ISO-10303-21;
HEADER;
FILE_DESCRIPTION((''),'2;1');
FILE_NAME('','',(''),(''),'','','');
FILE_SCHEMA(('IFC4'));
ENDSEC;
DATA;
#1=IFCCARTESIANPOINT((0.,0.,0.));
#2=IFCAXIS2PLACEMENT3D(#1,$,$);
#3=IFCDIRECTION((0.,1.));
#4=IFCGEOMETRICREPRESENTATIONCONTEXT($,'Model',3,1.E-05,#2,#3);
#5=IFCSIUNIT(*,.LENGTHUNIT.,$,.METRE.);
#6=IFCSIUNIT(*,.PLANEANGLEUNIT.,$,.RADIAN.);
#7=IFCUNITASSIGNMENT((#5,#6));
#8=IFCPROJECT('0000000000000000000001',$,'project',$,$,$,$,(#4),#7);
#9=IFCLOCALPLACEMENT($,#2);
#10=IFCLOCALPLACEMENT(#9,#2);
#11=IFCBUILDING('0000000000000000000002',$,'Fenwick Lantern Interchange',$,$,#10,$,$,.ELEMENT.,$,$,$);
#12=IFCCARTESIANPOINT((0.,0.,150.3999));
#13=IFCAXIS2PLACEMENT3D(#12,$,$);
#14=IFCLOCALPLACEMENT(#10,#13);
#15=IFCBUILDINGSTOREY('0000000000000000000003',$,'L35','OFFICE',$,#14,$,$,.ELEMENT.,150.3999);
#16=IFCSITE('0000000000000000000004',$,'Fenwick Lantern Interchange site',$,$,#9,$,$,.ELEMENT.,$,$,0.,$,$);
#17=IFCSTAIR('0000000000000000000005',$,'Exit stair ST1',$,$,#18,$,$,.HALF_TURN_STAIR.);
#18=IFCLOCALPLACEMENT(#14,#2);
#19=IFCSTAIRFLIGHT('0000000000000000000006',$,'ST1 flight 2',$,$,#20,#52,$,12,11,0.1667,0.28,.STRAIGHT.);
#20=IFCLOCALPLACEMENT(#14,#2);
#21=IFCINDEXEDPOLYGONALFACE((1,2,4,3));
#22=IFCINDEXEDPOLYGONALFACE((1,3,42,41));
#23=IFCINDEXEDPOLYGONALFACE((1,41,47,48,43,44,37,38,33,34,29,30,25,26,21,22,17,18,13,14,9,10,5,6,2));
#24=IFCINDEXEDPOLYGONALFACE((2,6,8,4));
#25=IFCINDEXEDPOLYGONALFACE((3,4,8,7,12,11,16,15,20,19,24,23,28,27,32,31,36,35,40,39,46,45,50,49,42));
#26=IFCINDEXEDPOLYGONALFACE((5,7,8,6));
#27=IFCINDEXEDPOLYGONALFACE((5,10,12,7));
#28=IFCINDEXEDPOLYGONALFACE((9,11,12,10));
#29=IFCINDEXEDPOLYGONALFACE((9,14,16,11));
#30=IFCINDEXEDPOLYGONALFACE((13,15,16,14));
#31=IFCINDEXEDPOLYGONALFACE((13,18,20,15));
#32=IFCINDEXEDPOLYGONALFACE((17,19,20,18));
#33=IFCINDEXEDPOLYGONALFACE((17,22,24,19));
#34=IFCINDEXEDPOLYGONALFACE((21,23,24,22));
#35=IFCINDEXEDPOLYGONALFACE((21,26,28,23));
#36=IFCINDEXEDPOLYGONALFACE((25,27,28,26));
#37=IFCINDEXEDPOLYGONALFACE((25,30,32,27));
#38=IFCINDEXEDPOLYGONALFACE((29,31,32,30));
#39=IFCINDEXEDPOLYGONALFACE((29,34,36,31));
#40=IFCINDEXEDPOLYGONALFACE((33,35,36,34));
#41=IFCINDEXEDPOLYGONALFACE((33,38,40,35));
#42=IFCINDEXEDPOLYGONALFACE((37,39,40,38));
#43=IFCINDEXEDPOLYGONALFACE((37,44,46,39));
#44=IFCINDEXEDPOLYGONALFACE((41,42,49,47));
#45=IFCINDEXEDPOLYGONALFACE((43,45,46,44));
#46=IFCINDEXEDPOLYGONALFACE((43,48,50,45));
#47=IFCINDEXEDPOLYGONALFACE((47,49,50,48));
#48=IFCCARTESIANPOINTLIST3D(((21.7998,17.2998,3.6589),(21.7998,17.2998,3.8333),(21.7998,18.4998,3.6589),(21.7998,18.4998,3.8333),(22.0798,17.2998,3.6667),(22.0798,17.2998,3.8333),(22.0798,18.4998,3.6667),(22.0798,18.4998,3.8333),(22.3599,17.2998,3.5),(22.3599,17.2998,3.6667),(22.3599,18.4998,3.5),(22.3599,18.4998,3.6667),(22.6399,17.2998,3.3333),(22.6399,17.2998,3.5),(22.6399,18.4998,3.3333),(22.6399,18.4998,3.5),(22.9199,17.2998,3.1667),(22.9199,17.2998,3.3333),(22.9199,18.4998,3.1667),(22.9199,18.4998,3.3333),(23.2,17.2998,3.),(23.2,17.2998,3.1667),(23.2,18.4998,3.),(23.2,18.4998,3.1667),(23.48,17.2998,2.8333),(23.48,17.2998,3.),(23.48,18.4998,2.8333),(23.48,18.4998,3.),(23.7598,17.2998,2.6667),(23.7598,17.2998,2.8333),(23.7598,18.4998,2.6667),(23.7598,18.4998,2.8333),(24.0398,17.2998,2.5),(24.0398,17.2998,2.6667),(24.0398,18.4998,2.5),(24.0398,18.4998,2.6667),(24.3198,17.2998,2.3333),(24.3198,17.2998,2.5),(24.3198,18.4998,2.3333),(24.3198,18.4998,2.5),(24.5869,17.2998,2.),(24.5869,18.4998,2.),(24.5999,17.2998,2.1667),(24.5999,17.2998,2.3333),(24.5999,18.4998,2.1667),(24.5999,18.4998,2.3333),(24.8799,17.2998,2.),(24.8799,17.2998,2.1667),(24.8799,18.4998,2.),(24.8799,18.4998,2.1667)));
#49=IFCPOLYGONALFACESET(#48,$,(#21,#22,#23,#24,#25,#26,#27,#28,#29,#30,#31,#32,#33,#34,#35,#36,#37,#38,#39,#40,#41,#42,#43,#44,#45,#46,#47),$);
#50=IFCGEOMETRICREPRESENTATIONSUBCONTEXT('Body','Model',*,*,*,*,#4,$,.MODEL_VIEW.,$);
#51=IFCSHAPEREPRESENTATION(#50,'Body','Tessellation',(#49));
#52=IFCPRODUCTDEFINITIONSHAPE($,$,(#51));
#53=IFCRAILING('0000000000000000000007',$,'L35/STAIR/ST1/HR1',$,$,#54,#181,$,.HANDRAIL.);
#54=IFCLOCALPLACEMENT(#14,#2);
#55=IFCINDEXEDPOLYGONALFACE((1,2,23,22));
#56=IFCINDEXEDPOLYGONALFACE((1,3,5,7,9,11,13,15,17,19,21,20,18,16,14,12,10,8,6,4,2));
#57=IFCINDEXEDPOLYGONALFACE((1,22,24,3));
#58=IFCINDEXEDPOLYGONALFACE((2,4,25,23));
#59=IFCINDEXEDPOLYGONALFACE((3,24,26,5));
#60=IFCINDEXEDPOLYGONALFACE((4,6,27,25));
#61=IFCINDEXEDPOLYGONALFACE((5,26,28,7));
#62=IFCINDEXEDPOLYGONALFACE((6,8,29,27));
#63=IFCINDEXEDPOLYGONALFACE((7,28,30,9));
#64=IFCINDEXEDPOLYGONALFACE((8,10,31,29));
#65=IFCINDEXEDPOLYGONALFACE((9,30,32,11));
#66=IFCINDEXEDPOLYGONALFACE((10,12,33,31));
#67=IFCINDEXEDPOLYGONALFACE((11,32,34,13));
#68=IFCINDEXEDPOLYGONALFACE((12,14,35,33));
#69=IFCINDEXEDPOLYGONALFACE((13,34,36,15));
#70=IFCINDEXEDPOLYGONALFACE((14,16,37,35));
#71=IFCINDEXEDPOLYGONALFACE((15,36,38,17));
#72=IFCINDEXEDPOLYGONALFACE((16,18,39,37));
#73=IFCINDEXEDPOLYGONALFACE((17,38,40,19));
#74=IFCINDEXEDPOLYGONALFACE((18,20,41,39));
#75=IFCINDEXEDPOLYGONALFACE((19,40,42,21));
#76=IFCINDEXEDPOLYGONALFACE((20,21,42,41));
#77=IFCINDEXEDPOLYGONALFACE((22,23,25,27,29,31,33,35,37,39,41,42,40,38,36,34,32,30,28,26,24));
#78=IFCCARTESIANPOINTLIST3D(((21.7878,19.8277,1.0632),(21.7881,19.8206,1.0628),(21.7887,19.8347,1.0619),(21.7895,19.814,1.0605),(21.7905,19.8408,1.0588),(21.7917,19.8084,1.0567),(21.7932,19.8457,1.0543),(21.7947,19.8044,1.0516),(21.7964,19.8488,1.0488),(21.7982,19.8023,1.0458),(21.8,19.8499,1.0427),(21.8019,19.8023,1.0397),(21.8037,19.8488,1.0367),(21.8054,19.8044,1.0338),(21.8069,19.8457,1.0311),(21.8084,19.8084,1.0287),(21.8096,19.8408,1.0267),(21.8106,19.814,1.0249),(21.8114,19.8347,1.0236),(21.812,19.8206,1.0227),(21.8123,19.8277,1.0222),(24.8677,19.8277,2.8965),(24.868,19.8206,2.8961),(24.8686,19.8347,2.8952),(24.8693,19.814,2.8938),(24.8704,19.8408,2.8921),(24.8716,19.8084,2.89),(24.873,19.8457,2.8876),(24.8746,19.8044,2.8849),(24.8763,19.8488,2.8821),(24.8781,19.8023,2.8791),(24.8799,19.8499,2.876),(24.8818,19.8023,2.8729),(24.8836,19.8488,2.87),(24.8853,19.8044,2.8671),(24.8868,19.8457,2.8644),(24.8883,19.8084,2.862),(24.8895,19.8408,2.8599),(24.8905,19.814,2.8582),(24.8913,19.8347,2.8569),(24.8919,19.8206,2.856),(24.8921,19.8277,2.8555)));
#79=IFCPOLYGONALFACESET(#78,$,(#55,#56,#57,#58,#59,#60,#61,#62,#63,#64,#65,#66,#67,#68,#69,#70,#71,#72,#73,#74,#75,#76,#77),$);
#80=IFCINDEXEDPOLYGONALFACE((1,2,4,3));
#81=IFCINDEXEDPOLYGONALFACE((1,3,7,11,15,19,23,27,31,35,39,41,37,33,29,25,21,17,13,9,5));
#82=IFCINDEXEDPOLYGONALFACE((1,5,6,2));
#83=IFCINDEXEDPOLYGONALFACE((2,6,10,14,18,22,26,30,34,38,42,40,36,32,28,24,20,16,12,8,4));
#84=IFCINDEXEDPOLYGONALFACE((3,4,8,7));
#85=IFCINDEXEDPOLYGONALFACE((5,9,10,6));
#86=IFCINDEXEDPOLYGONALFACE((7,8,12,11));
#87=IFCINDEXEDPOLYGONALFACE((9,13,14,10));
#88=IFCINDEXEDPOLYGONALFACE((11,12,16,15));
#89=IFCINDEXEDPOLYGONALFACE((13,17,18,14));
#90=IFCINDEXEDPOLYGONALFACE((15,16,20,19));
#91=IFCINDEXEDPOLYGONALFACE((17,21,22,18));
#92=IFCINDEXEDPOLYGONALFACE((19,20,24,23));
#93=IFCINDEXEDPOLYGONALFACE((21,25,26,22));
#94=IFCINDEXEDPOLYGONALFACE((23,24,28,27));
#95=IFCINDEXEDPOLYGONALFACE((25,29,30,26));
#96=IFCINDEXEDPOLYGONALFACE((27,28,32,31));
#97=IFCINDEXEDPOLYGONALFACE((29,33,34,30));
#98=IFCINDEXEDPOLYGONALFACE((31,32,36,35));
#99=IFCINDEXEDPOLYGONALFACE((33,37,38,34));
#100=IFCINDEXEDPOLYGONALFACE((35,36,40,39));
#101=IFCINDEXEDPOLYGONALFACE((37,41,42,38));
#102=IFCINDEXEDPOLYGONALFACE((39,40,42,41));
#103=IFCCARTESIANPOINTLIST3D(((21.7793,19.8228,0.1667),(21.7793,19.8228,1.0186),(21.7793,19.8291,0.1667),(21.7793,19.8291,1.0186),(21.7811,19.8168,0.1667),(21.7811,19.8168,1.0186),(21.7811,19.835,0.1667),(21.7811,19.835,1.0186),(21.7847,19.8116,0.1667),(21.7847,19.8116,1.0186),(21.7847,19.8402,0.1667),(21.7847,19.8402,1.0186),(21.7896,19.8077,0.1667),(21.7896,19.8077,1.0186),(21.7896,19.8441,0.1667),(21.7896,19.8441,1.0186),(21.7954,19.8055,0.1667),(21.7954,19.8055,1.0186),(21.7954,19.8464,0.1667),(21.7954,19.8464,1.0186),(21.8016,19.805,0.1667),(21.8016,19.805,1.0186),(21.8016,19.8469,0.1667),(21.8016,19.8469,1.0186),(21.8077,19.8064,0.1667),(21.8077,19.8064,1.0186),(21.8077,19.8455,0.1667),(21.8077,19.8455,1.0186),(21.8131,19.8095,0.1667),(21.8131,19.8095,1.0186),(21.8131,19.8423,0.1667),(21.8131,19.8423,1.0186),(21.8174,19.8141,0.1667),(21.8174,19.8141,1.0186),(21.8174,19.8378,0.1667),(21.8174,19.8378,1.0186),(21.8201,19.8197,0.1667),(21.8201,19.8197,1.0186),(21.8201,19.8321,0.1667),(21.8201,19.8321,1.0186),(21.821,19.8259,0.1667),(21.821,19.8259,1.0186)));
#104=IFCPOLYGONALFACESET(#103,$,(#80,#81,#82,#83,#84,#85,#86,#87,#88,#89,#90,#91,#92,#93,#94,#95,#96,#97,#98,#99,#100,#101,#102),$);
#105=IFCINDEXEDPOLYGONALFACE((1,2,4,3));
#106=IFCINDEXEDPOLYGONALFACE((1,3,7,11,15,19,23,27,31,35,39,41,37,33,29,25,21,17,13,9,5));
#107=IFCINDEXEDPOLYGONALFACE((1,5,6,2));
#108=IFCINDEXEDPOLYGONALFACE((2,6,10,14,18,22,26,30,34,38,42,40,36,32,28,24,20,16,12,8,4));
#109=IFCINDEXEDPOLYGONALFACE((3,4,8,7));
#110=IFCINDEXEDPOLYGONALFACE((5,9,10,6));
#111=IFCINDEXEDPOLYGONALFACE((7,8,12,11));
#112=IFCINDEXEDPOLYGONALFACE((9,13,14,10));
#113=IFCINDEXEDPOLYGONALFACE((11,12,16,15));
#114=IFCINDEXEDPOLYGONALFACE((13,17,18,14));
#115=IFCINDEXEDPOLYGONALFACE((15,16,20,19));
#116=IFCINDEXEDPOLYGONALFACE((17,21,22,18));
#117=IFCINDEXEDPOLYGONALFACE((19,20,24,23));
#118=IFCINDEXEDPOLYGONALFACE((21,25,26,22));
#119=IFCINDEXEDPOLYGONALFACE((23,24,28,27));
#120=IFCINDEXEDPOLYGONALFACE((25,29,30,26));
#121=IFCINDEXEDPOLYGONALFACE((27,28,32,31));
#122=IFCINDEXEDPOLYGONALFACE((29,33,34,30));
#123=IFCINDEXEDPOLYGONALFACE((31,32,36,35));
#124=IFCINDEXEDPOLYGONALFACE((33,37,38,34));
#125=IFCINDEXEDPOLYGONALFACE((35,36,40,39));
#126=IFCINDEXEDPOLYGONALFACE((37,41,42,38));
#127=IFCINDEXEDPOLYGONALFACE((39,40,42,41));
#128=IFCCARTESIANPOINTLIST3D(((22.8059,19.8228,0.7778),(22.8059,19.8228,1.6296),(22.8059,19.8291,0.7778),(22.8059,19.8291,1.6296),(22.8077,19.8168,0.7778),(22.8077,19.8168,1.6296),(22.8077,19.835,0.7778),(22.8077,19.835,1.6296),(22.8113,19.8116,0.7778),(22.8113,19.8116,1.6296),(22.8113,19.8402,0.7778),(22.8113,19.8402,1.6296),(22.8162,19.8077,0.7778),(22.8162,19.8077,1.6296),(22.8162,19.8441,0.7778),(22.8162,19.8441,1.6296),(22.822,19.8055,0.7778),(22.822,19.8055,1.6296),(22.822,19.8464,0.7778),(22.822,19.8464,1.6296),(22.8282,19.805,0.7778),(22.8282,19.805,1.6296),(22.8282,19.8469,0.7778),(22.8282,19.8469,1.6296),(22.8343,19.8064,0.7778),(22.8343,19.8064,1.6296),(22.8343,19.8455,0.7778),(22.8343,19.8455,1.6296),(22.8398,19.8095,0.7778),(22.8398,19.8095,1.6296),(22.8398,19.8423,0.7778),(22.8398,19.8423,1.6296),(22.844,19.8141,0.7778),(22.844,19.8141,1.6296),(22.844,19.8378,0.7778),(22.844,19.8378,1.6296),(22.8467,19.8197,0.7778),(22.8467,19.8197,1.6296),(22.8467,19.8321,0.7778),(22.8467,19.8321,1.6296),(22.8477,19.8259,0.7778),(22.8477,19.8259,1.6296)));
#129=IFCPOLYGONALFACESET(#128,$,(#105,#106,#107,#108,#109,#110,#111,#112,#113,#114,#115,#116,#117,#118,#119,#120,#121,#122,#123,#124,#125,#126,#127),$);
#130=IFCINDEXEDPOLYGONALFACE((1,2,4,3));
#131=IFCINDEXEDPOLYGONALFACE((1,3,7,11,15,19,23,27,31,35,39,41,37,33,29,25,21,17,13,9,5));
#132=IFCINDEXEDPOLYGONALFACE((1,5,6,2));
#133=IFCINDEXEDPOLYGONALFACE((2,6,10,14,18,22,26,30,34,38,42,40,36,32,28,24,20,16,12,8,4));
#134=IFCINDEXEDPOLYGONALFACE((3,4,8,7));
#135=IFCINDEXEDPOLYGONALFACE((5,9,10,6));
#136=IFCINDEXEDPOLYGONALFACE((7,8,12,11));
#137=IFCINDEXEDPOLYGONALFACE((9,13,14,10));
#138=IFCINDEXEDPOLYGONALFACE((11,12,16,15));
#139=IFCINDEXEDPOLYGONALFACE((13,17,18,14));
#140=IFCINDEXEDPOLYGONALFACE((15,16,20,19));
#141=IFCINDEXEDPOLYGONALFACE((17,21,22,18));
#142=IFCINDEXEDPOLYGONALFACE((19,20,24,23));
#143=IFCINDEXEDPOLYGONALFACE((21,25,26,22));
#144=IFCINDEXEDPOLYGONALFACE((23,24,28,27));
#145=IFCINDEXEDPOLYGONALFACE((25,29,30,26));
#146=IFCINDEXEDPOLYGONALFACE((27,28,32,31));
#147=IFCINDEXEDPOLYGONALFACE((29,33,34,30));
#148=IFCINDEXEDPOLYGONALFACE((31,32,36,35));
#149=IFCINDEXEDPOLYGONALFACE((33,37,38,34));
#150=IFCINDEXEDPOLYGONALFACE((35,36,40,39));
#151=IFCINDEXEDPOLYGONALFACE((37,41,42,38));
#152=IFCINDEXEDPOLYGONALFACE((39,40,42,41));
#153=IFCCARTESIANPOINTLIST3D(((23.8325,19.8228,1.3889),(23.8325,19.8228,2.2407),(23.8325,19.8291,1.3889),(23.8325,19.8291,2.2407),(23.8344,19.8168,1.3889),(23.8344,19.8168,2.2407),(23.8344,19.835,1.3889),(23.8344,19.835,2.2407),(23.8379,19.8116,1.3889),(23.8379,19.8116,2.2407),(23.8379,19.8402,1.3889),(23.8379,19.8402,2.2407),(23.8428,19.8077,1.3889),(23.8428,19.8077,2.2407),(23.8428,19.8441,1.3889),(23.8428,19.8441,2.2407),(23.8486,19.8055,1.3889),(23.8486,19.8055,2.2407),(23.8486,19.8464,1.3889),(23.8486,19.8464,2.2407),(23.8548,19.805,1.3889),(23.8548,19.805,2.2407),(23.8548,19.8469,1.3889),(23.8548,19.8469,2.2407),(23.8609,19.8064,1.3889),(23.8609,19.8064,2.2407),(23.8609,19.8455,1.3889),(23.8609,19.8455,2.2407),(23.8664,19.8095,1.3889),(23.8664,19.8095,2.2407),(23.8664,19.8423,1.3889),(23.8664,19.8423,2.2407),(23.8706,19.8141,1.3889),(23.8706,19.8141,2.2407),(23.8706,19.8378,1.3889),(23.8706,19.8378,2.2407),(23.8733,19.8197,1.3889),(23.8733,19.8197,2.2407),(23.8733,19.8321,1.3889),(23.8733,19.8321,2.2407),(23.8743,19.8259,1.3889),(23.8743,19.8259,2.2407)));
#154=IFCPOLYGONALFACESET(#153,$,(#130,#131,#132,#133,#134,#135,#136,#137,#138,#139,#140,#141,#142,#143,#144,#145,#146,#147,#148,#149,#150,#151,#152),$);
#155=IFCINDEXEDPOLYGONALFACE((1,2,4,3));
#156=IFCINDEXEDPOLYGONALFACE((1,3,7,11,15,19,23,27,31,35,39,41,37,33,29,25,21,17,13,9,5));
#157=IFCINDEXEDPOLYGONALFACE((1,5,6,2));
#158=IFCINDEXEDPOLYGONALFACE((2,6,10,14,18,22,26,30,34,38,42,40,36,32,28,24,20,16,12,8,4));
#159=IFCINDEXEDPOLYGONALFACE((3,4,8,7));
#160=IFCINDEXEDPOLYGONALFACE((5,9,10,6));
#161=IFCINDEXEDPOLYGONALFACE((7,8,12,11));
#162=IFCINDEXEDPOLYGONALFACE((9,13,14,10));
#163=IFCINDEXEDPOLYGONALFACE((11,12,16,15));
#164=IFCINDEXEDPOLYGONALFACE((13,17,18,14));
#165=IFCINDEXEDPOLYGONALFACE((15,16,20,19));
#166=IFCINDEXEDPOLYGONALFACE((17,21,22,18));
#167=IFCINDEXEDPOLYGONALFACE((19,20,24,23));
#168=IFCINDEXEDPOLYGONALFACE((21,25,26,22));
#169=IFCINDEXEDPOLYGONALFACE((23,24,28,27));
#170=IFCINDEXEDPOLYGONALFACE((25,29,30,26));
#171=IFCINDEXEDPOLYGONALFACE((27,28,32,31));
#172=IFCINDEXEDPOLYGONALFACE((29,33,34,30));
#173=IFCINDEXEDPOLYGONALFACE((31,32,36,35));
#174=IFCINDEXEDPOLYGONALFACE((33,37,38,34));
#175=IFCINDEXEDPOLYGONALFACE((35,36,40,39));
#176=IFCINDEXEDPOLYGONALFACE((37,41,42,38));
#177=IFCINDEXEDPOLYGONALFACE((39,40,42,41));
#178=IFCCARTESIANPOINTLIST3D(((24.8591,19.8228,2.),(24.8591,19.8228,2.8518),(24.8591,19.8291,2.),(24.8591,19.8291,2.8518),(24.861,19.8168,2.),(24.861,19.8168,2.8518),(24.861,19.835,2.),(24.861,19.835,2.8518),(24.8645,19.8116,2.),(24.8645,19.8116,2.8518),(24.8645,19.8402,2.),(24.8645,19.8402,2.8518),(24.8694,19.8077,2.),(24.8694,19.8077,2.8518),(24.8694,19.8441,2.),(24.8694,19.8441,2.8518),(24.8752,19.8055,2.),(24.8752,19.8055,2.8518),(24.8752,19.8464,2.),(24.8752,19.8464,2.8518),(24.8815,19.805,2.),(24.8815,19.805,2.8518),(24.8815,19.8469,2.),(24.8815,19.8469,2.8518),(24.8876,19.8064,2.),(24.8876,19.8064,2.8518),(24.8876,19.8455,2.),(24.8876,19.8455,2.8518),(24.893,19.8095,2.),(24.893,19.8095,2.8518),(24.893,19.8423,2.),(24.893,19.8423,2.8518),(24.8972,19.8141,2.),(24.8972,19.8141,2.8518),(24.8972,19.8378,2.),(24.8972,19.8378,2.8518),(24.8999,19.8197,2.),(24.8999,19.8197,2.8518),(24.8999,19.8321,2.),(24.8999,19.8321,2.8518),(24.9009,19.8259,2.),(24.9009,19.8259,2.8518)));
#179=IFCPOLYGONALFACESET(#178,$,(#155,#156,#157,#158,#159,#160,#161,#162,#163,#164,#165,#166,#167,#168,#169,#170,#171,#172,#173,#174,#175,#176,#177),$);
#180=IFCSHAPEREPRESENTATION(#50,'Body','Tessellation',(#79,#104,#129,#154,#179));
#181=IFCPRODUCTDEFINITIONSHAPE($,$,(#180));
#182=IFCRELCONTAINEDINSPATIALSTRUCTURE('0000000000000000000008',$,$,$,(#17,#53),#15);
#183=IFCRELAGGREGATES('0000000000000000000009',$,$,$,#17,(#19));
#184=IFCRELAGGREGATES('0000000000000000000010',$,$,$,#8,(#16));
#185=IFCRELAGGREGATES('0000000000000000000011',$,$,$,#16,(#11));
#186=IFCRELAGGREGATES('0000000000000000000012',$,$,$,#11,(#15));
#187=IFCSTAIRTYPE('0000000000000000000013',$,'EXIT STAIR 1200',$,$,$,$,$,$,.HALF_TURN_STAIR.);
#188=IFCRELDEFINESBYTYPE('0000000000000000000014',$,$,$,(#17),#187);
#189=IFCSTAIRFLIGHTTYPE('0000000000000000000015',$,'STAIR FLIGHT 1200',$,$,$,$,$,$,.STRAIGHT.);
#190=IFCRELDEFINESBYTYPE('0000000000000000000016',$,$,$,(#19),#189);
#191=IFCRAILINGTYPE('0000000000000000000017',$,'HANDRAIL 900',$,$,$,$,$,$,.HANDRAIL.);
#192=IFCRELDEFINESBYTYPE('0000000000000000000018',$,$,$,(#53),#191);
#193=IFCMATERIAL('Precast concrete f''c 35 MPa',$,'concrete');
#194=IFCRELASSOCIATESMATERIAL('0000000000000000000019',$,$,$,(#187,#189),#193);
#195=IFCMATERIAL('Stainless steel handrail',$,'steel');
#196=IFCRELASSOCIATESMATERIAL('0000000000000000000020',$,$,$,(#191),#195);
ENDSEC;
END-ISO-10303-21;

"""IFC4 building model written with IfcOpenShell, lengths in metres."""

from ifc_helpers import new_model, si_unit, direction, frame, origin, origin_2d, place, context, subcontext, project, spatial, polyline, circle, outline, extrude, material, type_object, element, aggregate, save


model = new_model("IFC4")

# Units and contexts
model_context = context("Model", 3, precision=1e-05, world=origin(), true_north=direction((0.0, 1.0)))
body_context = subcontext(model_context, "Body", "Model", "MODEL_VIEW")
ifc_project = project(units=[si_unit("LENGTHUNIT", "METRE"), si_unit("PLANEANGLEUNIT", "RADIAN")], contexts=[model_context])

# Site, building, storey
site_placement = place(None, origin())
site = spatial("IfcSite", under=ifc_project, at=site_placement, Name="Fenwick Lantern Interchange site", CompositionType="ELEMENT", RefElevation=0.0)
building_placement = place(site_placement, origin())
building = spatial("IfcBuilding", under=site, at=building_placement, Name="Fenwick Lantern Interchange", CompositionType="ELEMENT")
storey_placement = place(building_placement, frame((0.0, 0.0, 150.3999)))
storey = spatial("IfcBuildingStorey", under=building, at=storey_placement, Name="L35", Description="OFFICE", CompositionType="ELEMENT", Elevation=150.3999)

# Stair, stair flight
ifc_material_1 = material(Name="Precast concrete f'c 35 MPa", Category="concrete")
stair_type = type_object("IfcStairType", Name="EXIT STAIR 1200", PredefinedType="HALF_TURN_STAIR", material=ifc_material_1)
stair_placement = place(storey_placement, origin())
stair = element("IfcStair", 1, at=stair_placement, inside=storey, type_object=stair_type, Name="Exit stair ST1", PredefinedType="HALF_TURN_STAIR")
stair_flight_type = type_object("IfcStairFlightType", Name="STAIR FLIGHT 1200", PredefinedType="STRAIGHT", material=ifc_material_1)
stair_flight_1_placement = place(storey_placement, frame((24.8799, 17.8999, 2.0), z_axis=(0.0, 0.0, 1.0), x_axis=(-1.0, 0.0, 0.0)))
stair_flight_1 = element("IfcStairFlight", 2, at=stair_flight_1_placement, type_object=stair_flight_type, Name="ST1 flight 2", NumberOfRisers=12, NumberOfTreads=11, PredefinedType="STRAIGHT", RiserHeight=0.1667, TreadLength=0.28, context=body_context, shape_type="SweptSolid", body=[
    extrude(outline(polyline([(0.0, 0.0), (0.0, 0.1667), (0.28, 0.1667), (0.28, 0.3333), (0.5601, 0.3333), (0.5601, 0.5), (0.8401, 0.5), (0.8401, 0.6667), (1.1201, 0.6667), (1.1201, 0.8333), (1.3999, 0.8333), (1.3999, 1.0), (1.6799, 1.0), (1.6799, 1.1667), (1.96, 1.1667), (1.96, 1.3333), (2.24, 1.3333), (2.24, 1.5), (2.52, 1.5), (2.52, 1.6667), (2.8, 1.6667), (2.8, 1.8333), (3.0801, 1.8333), (3.0801, 2.0), (3.0801, 1.6589), (0.293, 0.0), (0.0, 0.0)])), frame((0.0, 0.6001, 0.0), z_axis=(0.0, -1.0, 0.0), x_axis=(1.0, 0.0, 0.0)), (0.0, 0.0, 1.0), 1.2),
])
aggregate(stair, [stair_flight_1])

# Railing
ifc_material_2 = material(Name="Stainless steel handrail", Category="steel")
railing_type = type_object("IfcRailingType", Name="HANDRAIL 900", PredefinedType="HANDRAIL", material=ifc_material_2)
railing_1_placement = place(storey_placement, frame((21.8, 19.8259, 0.1667)))
element("IfcRailing", 3, at=railing_1_placement, inside=storey, type_object=railing_type, Name="L35/STAIR/ST1/HR1", PredefinedType="HANDRAIL", context=body_context, shape_type="SweptSolid", body=[
    extrude(circle(Radius=0.0239, at=origin_2d()), frame((0.0, 0.0, 0.876), z_axis=(0.859291, 0.0, 0.511487), x_axis=(0.0, 1.0, 0.0)), (0.0, 0.0, 1.0), 3.5842),
    extrude(circle(Radius=0.021, at=origin_2d()), origin(), (0.0, 0.0, 1.0), 0.8518),
    extrude(circle(Radius=0.021, at=origin_2d()), frame((1.0266, 0.0, 0.6111)), (0.0, 0.0, 1.0), 0.8518),
    extrude(circle(Radius=0.021, at=origin_2d()), frame((2.0532, 0.0, 1.2222)), (0.0, 0.0, 1.0), 0.8518),
    extrude(circle(Radius=0.021, at=origin_2d()), frame((3.0798, 0.0, 1.8333)), (0.0, 0.0, 1.0), 0.8518),
])

save(model, "model.ifc")
